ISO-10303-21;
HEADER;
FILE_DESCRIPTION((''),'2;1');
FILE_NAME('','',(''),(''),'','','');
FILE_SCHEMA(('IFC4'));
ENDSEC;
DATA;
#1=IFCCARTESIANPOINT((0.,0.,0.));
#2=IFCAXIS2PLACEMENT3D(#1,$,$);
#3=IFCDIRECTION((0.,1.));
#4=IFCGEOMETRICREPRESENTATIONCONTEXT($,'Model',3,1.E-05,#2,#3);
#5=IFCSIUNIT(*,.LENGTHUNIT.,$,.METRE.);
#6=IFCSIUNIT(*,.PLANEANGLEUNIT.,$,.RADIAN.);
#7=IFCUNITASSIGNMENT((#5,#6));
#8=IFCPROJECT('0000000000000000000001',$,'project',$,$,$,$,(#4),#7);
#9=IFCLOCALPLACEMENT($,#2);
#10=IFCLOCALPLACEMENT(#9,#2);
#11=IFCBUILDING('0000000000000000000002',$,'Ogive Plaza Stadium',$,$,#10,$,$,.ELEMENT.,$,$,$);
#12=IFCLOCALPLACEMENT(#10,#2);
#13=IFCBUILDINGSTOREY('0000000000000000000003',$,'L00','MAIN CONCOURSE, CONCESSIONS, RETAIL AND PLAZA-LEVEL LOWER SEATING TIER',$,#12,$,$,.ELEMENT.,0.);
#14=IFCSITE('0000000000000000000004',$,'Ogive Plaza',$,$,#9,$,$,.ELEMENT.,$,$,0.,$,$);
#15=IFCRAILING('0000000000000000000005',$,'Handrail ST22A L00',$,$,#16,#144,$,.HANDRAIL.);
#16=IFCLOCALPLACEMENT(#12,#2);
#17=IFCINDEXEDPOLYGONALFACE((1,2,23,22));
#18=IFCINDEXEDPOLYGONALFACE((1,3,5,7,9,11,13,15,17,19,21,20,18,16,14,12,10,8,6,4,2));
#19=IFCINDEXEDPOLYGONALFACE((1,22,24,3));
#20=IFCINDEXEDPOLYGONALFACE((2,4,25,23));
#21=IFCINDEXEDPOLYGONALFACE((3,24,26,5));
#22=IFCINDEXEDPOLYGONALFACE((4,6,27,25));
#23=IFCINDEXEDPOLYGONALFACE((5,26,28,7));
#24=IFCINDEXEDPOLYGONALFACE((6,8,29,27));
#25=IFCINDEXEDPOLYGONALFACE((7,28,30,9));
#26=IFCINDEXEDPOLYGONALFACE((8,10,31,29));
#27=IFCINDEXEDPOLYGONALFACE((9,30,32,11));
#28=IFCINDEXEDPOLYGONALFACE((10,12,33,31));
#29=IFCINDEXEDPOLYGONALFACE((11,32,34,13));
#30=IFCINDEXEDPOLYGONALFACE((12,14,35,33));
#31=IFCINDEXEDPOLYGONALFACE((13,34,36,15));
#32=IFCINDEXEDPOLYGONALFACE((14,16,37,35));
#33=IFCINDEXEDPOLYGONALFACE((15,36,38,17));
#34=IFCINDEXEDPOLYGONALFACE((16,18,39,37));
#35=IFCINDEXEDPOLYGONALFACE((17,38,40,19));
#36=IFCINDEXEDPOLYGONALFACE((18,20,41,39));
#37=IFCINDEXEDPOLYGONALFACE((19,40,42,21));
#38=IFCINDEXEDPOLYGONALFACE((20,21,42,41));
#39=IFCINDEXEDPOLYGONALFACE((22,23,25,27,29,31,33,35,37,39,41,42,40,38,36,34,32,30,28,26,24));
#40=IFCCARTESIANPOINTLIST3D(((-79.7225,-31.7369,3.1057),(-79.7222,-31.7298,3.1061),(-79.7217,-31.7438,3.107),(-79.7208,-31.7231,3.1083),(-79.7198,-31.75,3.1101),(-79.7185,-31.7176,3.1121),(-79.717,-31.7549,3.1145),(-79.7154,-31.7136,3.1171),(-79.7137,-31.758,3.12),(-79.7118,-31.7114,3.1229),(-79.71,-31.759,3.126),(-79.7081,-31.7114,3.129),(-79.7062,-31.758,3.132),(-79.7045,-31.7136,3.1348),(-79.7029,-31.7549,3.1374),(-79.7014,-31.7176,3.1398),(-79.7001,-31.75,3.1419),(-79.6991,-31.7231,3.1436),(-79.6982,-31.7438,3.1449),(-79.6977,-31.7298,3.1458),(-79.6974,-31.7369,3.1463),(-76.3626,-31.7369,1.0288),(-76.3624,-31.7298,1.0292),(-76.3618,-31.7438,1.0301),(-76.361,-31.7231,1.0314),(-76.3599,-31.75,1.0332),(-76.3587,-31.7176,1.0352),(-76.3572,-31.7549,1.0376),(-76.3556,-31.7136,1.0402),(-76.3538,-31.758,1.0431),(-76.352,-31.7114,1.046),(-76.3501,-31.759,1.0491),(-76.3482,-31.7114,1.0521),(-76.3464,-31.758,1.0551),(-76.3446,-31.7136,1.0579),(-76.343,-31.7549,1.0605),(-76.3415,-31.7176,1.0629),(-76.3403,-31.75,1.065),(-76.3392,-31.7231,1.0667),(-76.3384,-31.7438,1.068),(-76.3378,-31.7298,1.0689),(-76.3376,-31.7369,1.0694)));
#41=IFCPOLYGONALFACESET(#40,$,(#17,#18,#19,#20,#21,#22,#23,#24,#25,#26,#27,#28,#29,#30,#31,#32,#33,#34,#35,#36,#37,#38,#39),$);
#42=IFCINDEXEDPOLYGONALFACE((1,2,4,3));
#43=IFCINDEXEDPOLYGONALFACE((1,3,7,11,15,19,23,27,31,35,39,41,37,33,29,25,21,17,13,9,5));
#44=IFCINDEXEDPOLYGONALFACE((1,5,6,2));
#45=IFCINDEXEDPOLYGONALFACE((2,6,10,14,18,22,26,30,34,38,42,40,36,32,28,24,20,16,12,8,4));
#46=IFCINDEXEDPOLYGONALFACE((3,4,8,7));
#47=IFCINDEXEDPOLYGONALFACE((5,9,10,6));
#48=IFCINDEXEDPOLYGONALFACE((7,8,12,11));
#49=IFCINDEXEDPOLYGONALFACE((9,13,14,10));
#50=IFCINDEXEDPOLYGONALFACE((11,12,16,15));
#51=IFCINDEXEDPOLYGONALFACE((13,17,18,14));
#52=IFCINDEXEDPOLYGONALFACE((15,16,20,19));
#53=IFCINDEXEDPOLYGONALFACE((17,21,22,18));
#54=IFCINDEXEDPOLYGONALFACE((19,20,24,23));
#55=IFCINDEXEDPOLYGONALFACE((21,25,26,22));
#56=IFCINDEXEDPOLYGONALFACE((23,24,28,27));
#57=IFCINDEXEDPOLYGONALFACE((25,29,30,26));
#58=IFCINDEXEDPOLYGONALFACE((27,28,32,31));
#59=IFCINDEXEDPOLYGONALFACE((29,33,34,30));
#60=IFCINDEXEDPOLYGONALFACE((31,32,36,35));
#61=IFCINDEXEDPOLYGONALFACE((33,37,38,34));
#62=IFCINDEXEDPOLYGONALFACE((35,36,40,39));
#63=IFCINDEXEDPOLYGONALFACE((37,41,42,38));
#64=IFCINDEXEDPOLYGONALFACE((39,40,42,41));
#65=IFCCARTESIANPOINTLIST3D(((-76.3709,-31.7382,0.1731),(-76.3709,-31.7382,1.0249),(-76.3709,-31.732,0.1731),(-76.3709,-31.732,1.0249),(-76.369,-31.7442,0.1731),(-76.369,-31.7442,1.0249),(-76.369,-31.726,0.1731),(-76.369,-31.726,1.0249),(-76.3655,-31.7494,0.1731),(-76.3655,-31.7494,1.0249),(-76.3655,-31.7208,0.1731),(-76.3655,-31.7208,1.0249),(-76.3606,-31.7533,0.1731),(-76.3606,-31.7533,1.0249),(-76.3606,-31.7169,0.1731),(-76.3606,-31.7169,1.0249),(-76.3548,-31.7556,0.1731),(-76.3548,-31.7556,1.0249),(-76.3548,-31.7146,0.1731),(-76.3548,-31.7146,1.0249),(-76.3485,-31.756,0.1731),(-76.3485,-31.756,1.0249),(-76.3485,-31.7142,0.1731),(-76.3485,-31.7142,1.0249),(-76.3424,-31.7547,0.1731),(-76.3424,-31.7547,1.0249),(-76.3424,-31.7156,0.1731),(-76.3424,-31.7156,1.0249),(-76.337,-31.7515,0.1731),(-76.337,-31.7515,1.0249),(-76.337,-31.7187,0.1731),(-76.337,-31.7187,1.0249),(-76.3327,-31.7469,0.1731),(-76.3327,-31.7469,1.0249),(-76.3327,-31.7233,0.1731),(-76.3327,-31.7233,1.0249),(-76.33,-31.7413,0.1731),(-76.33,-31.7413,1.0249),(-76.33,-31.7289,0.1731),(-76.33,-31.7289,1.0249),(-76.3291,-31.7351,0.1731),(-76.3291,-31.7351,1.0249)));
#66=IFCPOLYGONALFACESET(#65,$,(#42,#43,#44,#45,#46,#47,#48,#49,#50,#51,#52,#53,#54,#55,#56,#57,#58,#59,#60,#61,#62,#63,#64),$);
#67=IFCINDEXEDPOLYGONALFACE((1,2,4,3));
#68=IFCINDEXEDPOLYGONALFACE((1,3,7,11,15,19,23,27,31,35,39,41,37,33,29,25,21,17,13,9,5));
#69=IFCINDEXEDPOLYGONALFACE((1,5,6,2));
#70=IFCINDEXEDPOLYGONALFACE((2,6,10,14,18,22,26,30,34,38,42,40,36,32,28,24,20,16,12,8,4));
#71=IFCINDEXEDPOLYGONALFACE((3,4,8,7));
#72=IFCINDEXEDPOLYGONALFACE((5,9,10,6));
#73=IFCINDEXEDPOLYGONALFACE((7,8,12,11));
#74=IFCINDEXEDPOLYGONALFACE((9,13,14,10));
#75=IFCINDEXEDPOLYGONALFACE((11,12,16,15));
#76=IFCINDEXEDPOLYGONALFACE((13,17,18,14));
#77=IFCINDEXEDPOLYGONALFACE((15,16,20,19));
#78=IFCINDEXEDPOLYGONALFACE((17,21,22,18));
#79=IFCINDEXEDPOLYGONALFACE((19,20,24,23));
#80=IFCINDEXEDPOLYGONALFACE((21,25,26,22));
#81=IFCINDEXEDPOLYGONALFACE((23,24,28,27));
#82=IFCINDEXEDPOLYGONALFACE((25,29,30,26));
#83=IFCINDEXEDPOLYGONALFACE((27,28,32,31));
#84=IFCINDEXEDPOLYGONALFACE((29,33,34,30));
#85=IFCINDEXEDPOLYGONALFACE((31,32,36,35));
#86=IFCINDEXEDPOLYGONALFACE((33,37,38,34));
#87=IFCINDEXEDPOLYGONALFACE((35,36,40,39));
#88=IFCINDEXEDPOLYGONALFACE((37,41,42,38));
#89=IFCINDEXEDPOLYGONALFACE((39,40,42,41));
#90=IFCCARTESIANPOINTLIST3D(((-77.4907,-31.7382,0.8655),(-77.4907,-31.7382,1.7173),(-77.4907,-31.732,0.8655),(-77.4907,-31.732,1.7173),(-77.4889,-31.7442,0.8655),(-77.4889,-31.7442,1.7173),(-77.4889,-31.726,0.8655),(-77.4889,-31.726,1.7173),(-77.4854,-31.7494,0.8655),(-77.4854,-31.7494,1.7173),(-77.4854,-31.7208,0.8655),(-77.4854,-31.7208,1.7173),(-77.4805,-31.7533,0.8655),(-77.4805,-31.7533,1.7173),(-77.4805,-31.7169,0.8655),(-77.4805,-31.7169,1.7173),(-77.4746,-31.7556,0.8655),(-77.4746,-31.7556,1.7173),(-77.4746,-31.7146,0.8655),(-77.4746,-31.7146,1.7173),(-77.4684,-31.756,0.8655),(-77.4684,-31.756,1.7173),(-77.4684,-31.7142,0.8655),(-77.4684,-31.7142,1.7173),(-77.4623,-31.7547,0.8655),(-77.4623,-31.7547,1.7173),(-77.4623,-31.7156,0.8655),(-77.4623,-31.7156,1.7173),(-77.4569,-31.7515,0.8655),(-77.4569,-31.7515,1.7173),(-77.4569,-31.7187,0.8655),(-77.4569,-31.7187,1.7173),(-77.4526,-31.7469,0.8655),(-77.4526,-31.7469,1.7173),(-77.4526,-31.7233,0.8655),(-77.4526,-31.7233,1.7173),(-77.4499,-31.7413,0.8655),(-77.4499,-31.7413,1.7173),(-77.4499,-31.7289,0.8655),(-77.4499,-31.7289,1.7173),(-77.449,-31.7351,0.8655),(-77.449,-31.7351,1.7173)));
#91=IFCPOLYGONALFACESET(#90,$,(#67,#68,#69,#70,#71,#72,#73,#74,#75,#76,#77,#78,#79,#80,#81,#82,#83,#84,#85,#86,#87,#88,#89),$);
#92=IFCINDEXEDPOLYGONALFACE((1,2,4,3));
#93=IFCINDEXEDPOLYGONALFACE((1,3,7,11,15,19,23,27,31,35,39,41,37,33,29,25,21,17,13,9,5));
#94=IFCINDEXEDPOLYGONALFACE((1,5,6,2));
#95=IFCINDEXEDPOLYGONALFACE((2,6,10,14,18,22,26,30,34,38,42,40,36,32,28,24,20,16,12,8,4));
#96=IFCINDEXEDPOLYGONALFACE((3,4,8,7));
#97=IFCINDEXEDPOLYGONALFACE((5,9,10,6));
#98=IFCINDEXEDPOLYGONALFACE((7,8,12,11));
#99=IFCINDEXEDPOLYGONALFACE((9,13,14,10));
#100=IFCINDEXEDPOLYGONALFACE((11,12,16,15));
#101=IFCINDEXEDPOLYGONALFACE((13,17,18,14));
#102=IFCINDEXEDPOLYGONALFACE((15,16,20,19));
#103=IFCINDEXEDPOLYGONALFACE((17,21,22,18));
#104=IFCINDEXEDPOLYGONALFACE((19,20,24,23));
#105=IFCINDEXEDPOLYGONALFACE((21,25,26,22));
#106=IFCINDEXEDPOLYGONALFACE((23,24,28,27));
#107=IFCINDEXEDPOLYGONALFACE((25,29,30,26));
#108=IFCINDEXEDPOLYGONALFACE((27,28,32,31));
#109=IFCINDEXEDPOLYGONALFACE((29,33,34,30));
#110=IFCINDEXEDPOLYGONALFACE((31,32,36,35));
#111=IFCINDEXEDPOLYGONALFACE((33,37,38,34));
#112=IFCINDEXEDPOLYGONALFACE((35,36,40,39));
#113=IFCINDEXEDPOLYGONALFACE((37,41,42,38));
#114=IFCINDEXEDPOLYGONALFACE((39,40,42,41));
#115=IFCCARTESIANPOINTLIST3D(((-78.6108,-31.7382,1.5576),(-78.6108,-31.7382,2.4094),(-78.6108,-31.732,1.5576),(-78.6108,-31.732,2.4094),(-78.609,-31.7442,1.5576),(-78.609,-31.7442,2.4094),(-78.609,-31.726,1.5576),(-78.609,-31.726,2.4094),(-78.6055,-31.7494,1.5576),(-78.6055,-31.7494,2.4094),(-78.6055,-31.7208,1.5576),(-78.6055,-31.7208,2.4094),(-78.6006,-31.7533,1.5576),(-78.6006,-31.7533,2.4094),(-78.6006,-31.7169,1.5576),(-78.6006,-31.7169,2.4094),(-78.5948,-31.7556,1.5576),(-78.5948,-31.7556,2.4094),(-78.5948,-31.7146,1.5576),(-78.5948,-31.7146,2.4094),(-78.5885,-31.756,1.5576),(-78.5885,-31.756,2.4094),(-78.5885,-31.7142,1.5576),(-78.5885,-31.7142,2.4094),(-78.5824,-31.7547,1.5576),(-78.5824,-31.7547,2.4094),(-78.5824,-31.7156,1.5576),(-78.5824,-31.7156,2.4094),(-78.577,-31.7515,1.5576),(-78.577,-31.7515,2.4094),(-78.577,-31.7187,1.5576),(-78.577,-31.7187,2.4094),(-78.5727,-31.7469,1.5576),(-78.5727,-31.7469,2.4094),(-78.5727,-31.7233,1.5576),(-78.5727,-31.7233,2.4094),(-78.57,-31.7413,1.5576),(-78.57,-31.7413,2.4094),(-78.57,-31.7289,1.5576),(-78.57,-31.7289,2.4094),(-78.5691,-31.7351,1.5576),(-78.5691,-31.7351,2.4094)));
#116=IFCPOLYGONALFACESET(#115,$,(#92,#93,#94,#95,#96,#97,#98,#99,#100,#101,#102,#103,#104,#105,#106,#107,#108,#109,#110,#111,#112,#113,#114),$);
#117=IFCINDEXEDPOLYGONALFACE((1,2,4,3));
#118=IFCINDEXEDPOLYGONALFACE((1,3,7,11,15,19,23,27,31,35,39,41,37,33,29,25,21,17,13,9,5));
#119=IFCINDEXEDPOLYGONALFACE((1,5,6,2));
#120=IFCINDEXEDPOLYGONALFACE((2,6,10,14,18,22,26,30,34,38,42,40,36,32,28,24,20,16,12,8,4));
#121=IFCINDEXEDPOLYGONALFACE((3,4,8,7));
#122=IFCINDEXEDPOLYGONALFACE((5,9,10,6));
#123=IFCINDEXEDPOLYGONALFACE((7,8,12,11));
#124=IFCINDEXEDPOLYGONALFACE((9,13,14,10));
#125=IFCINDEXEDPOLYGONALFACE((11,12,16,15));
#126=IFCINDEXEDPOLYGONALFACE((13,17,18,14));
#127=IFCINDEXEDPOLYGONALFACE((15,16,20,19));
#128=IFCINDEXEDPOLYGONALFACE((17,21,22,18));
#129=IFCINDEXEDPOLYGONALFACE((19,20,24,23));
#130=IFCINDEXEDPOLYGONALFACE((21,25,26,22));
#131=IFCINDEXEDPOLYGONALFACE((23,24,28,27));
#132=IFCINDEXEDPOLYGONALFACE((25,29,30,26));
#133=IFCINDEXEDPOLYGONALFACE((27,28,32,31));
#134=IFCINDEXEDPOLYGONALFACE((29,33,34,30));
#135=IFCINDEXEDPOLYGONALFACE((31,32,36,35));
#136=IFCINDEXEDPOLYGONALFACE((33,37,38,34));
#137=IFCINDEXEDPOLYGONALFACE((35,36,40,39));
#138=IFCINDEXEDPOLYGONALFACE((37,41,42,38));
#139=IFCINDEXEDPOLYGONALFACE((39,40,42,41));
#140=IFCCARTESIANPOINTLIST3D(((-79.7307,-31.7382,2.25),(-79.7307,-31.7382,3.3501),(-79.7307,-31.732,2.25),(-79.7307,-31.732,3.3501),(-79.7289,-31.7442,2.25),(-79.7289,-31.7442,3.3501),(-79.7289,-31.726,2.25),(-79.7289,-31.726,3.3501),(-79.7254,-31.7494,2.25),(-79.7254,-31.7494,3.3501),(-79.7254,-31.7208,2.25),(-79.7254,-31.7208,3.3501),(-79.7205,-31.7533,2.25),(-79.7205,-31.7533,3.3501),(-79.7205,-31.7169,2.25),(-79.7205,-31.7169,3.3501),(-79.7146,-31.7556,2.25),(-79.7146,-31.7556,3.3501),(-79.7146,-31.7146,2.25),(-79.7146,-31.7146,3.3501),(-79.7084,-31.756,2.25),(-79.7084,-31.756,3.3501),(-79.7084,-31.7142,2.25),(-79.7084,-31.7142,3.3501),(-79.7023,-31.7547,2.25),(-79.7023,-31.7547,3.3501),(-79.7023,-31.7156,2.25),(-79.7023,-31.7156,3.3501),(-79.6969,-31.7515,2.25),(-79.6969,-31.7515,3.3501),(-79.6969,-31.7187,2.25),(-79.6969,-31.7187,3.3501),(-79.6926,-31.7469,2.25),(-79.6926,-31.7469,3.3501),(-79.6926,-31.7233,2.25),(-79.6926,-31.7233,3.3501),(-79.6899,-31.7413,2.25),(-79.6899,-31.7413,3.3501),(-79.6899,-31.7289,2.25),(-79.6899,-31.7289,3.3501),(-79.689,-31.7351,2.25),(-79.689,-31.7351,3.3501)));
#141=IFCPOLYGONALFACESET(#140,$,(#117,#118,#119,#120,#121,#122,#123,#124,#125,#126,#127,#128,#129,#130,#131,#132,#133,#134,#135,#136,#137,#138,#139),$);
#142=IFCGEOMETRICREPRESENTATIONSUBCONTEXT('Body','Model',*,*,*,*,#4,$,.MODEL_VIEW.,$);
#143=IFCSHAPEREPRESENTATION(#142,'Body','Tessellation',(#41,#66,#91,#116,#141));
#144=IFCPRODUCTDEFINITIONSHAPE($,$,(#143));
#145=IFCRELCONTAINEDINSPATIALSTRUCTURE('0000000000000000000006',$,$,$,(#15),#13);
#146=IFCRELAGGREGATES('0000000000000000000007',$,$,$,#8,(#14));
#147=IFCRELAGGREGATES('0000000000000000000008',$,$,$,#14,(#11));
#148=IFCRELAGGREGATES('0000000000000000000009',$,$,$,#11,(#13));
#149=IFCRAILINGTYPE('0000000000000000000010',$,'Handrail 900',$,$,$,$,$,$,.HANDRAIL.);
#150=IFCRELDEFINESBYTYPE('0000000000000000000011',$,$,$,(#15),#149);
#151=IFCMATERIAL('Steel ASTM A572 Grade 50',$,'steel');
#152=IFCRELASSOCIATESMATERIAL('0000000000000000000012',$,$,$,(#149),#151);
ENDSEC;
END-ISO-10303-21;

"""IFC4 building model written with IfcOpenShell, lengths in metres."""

from ifc_helpers import new_model, si_unit, direction, frame, origin, origin_2d, place, context, subcontext, project, spatial, circle, extrude, material, type_object, element, save


model = new_model("IFC4")

# Units and contexts
model_context = context("Model", 3, precision=1e-05, world=origin(), true_north=direction((0.0, 1.0)))
body_context = subcontext(model_context, "Body", "Model", "MODEL_VIEW")
ifc_project = project(units=[si_unit("LENGTHUNIT", "METRE"), si_unit("PLANEANGLEUNIT", "RADIAN")], contexts=[model_context])

# Site, building, storey
site_placement = place(None, origin())
site = spatial("IfcSite", under=ifc_project, at=site_placement, Name="Ogive Plaza", CompositionType="ELEMENT", RefElevation=0.0)
building_placement = place(site_placement, origin())
building = spatial("IfcBuilding", under=site, at=building_placement, Name="Ogive Plaza Stadium", CompositionType="ELEMENT")
storey_placement = place(building_placement, origin())
storey = spatial("IfcBuildingStorey", under=building, at=storey_placement, Name="L00", Description="MAIN CONCOURSE, CONCESSIONS, RETAIL AND PLAZA-LEVEL LOWER SEATING TIER", CompositionType="ELEMENT", Elevation=0.0)

# Railing
ifc_material_1 = material(Name="Steel ASTM A572 Grade 50", Category="steel")
railing_type_1 = type_object("IfcRailingType", Name="Handrail 900", PredefinedType="HANDRAIL", material=ifc_material_1)
for number, where, name in (
    (1, (-76.3501, -31.7351, 0.1731), "Handrail ST22A L00"),
):
    element("IfcRailing", number, at=place(storey_placement, frame(where)), inside=storey, type_object=railing_type_1, Name=name, PredefinedType="HANDRAIL", context=body_context, shape_type="SweptSolid", body=[
        extrude(circle(Radius=0.0239, at=origin_2d()), frame((0.0, 0.0, 0.876), z_axis=(-0.850606, 0.0, 0.525803), x_axis=(0.0, -1.0, 0.0)), (0.0, 0.0, 1.0), 3.95),
        extrude(circle(Radius=0.021, at=origin_2d()), origin(), (0.0, 0.0, 1.0), 0.8518),
        extrude(circle(Radius=0.021, at=origin_2d()), frame((-1.1199, 0.0, 0.6924)), (0.0, 0.0, 1.0), 0.8518),
        extrude(circle(Radius=0.021, at=origin_2d()), frame((-2.24, 0.0, 1.3845)), (0.0, 0.0, 1.0), 0.8518),
        extrude(circle(Radius=0.021, at=origin_2d()), frame((-3.3599, 0.0, 2.0769)), (0.0, 0.0, 1.0), 1.1001),
    ])

save(model, "model.ifc")
